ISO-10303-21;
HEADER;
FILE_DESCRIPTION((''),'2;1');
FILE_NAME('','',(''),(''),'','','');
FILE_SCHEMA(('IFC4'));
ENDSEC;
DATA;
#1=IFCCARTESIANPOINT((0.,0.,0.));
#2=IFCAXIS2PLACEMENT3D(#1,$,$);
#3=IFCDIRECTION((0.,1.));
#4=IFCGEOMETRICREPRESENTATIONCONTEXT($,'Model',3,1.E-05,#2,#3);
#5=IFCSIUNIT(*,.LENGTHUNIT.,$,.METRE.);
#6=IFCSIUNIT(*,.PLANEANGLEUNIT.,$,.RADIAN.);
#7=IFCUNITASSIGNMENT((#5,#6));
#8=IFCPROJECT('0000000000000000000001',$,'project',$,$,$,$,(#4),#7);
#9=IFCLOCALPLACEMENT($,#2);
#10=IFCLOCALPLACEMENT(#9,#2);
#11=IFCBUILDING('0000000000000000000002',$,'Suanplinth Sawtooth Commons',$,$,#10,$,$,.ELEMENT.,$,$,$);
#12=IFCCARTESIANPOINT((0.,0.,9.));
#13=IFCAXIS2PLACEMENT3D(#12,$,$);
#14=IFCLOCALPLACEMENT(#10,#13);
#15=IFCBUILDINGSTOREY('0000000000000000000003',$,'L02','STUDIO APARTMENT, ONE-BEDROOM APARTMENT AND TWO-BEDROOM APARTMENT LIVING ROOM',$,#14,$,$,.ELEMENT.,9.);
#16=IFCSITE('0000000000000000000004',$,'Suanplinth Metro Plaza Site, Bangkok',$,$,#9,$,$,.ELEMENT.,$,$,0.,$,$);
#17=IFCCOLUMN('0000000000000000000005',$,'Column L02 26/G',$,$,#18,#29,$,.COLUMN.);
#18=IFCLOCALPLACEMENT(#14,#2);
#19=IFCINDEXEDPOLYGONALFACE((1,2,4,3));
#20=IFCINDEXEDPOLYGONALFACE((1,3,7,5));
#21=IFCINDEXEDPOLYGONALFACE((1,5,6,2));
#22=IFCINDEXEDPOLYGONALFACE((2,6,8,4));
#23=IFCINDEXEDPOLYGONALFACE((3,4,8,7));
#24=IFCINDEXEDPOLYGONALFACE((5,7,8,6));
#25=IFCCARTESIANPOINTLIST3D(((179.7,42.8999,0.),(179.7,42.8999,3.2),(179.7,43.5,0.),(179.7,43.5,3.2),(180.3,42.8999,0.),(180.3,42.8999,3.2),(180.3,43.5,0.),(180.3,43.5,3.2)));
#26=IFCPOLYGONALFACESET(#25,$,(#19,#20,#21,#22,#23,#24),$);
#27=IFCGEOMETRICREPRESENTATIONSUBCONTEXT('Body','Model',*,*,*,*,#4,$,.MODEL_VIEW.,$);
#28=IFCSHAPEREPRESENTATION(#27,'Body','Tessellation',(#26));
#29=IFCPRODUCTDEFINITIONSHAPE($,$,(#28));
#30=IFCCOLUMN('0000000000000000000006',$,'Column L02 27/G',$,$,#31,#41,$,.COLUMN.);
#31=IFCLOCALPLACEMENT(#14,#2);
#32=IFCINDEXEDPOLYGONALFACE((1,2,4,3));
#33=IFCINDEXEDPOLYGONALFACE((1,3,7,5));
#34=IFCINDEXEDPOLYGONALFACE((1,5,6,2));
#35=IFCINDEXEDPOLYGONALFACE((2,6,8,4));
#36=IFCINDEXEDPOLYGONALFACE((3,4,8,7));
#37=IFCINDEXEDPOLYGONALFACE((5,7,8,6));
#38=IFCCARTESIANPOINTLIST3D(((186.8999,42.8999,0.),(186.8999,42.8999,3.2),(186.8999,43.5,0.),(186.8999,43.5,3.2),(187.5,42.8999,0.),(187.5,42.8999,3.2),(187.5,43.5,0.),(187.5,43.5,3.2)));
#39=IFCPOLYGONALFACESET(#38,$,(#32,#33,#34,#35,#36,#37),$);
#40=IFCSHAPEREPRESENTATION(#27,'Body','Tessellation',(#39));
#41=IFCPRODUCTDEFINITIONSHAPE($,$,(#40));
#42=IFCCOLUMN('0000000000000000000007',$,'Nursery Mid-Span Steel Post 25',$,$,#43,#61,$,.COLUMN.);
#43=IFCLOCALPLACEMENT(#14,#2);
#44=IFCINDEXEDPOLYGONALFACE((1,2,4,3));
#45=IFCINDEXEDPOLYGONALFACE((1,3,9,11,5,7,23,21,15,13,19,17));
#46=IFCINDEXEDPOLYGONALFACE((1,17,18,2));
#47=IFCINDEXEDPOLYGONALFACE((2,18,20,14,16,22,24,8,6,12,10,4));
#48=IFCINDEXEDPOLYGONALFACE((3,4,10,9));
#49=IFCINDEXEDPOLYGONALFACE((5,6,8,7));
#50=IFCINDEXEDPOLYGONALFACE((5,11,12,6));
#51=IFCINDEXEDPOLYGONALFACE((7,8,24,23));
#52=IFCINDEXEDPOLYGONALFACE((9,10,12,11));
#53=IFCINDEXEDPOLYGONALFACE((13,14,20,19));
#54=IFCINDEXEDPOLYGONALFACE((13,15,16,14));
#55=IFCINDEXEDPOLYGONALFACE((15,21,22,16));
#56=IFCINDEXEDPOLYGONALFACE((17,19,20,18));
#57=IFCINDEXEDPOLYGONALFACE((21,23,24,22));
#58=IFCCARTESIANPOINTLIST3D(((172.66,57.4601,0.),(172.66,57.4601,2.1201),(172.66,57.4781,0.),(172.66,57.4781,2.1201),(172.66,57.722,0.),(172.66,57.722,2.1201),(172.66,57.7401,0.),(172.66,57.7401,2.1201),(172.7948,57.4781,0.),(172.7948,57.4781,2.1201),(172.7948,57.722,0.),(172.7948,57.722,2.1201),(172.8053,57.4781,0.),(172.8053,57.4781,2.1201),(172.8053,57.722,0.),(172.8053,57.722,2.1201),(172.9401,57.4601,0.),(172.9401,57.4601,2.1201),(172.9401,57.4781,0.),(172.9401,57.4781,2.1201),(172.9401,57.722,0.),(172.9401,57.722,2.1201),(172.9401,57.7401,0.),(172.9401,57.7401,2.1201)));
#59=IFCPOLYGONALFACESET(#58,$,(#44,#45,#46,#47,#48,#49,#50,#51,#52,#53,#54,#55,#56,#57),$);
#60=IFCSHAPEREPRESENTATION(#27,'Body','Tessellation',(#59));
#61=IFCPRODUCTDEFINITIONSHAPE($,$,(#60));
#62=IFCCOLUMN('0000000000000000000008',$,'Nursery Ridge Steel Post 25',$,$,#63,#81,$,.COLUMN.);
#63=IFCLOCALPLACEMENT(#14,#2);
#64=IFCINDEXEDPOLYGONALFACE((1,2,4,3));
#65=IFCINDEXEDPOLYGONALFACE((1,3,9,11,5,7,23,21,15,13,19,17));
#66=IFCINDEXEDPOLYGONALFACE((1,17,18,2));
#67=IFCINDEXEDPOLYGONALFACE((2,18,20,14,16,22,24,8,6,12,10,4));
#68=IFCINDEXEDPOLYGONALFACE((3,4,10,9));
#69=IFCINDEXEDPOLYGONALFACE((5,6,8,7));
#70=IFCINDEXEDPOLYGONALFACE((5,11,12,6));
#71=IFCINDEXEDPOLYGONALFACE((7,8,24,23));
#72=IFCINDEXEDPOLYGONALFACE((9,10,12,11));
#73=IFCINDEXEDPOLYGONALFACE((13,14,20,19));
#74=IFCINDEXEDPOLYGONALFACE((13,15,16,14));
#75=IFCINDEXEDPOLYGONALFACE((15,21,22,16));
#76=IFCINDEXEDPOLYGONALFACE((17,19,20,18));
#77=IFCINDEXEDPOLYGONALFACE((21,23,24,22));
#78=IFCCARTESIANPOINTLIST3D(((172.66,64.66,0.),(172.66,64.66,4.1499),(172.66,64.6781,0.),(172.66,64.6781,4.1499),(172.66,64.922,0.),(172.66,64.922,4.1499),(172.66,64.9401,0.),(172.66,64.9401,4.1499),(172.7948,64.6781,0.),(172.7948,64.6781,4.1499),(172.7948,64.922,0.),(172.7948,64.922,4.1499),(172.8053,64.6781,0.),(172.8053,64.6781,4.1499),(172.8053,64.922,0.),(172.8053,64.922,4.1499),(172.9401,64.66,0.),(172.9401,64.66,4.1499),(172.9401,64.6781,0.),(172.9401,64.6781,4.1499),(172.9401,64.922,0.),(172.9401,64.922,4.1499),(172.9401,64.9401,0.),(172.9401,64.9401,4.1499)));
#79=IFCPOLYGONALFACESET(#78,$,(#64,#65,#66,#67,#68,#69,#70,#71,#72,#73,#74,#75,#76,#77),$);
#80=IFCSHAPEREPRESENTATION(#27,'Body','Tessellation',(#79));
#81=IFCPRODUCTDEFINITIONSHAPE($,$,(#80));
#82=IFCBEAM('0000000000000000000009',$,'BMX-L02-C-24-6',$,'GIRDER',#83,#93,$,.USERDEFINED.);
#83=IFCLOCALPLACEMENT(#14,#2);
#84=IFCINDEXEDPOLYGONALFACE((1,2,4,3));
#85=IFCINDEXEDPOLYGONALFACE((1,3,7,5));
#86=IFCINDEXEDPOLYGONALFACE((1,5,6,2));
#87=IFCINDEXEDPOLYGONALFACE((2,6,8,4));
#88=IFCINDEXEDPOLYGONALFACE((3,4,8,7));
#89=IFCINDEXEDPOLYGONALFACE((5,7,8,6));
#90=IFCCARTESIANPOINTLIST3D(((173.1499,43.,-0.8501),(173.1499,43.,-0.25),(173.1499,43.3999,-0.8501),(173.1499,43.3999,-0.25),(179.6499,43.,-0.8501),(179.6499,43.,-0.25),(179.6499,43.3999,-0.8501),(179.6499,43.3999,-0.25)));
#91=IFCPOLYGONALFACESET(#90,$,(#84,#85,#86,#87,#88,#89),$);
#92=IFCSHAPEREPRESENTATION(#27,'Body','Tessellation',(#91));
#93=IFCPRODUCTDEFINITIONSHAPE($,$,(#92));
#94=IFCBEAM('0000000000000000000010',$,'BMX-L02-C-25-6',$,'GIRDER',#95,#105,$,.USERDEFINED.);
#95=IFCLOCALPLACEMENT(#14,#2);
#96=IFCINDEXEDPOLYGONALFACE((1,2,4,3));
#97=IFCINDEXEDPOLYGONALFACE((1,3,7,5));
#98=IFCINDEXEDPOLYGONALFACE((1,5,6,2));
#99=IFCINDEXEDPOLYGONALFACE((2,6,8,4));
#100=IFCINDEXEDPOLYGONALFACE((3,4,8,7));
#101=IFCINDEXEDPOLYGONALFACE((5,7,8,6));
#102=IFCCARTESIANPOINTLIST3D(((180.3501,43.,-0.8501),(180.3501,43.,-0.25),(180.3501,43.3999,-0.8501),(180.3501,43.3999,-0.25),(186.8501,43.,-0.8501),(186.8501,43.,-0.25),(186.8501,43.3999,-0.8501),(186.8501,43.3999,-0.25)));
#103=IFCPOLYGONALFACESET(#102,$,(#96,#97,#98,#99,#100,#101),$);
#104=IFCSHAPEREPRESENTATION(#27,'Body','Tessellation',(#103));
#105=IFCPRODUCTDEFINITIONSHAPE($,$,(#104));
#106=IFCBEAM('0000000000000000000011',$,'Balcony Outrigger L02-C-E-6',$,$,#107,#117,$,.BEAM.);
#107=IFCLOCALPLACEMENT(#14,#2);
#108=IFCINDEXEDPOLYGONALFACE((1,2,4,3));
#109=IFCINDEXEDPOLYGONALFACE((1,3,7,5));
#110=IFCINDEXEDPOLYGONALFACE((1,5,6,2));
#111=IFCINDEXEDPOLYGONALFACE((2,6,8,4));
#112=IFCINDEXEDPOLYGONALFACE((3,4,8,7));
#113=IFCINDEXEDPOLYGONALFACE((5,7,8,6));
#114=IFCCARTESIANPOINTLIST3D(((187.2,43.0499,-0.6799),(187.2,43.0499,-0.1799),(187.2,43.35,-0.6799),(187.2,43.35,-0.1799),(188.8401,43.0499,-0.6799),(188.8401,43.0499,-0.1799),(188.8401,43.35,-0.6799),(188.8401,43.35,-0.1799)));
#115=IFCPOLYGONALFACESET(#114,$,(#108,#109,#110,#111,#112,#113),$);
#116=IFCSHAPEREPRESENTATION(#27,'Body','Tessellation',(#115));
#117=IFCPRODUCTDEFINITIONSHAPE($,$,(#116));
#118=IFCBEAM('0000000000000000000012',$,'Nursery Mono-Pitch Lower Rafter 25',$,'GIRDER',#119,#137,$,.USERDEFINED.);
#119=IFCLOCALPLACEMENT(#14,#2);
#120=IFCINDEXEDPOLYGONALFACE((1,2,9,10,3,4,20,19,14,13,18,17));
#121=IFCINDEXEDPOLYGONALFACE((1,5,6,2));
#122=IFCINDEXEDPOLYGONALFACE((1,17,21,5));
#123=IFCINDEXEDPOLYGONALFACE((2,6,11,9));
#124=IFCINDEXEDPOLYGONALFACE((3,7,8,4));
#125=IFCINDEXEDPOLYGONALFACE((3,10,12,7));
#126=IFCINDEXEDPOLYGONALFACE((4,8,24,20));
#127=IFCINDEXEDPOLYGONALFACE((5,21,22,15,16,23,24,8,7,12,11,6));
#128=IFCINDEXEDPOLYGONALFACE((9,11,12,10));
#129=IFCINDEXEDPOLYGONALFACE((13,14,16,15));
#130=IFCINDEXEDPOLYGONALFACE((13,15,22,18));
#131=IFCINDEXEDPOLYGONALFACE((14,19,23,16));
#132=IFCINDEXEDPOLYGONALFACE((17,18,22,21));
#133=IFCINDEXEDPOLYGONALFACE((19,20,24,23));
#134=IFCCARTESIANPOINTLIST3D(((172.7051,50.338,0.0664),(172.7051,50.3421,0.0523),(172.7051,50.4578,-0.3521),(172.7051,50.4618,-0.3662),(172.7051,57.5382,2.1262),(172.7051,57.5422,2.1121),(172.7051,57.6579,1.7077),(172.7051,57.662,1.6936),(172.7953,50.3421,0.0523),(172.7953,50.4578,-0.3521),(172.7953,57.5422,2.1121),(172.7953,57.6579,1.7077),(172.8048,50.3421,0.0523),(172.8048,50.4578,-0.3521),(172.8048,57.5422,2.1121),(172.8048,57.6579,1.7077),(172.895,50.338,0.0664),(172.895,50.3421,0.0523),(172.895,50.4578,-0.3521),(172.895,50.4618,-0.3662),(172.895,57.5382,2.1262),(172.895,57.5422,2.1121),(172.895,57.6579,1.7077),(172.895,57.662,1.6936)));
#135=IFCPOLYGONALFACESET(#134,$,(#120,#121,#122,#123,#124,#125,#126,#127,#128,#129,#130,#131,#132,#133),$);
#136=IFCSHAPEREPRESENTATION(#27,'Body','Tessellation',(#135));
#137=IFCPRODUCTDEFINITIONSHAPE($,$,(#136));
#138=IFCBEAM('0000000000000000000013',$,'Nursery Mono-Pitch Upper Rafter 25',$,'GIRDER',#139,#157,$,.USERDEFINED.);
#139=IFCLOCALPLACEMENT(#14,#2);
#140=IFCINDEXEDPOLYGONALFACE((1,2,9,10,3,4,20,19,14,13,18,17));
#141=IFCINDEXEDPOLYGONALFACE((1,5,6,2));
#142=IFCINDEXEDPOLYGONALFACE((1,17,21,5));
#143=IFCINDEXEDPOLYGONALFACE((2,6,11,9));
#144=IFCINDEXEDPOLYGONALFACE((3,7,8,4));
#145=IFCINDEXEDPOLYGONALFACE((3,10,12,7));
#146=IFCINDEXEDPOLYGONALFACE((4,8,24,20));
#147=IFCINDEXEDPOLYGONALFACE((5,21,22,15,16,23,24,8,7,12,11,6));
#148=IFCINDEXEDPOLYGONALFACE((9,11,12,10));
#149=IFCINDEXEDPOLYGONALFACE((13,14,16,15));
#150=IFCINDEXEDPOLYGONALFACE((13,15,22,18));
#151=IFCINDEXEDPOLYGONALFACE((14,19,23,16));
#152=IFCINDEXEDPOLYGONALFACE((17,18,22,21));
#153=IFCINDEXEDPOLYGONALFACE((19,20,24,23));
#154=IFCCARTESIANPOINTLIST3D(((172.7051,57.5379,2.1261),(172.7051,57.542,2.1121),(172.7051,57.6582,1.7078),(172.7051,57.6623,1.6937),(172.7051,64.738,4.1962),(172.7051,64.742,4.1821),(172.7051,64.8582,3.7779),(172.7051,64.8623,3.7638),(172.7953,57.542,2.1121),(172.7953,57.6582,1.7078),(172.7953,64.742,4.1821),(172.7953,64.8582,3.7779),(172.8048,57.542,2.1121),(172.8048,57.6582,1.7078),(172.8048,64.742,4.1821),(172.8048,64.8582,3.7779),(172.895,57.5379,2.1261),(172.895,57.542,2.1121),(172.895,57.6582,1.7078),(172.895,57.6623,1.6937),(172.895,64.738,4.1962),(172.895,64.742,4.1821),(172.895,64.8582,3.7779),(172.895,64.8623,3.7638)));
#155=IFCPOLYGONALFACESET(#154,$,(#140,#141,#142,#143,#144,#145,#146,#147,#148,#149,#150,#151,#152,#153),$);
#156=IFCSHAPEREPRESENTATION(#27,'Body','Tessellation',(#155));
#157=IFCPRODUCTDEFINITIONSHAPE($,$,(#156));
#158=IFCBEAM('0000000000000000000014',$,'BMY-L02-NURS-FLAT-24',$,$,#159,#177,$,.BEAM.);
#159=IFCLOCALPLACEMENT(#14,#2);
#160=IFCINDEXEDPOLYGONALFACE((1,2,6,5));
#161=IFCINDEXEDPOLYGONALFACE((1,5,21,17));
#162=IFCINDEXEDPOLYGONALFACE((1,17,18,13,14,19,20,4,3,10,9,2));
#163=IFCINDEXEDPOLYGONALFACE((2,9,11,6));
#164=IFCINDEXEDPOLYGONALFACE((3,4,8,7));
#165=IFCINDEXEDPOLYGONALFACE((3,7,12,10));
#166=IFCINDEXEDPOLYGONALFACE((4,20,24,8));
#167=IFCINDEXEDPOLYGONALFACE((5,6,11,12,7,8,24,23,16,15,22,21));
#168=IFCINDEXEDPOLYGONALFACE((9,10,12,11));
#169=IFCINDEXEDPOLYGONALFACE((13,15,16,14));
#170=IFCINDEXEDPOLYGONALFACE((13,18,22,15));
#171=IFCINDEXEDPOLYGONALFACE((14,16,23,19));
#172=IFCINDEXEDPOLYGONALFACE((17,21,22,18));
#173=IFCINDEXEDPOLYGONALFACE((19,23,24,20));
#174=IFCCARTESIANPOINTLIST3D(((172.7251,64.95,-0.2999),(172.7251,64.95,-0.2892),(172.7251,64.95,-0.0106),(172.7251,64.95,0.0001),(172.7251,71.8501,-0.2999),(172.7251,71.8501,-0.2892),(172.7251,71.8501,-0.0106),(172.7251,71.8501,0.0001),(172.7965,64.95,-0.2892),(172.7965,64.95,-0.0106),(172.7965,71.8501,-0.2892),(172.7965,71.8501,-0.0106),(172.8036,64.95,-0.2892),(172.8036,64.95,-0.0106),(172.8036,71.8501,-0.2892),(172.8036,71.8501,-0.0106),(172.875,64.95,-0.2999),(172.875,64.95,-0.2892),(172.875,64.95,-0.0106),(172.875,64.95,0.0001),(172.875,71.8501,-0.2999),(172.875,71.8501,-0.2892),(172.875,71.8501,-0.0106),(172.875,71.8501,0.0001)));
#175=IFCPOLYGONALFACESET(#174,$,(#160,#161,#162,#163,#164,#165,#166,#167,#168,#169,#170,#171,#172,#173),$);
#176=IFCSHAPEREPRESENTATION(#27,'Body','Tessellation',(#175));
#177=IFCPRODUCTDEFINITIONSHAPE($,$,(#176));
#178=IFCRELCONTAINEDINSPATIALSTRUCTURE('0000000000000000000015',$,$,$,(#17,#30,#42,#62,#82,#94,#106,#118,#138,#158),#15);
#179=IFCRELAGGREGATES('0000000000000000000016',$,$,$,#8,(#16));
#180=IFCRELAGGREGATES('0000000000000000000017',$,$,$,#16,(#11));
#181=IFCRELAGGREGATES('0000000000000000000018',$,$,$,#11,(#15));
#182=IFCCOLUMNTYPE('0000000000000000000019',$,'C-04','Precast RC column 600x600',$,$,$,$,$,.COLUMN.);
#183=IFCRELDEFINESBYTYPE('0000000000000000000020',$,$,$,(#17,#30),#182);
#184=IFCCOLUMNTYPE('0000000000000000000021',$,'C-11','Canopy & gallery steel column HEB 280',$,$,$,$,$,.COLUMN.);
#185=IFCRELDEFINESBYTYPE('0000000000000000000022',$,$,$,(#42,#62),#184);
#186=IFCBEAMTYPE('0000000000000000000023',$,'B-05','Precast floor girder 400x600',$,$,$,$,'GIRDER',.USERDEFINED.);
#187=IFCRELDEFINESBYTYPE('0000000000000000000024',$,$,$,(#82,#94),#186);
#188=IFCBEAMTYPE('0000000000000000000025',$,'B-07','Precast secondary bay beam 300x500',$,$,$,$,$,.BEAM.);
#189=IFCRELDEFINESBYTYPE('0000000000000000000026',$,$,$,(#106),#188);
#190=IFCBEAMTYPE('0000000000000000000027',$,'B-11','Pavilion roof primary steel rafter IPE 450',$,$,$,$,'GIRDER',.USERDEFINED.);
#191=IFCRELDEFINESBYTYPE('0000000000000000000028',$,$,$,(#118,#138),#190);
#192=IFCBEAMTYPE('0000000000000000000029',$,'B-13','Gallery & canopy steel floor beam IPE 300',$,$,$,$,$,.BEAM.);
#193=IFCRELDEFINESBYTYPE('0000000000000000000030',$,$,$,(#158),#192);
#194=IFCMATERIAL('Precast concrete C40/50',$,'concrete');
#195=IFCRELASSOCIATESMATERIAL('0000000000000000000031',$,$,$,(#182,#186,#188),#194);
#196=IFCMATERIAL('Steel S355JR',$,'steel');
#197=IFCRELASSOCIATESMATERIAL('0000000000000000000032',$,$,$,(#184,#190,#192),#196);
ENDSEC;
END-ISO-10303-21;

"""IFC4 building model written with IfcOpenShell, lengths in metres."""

from ifc_helpers import new_model, si_unit, direction, frame, origin, origin_2d, place, context, subcontext, project, spatial, rectangle, i_section, extrude, material, material_profile, profile_set, type_object, element, save


model = new_model("IFC4")

# Units and contexts
model_context = context("Model", 3, precision=1e-05, world=origin(), true_north=direction((0.0, 1.0)))
body_context = subcontext(model_context, "Body", "Model", "MODEL_VIEW")
ifc_project = project(units=[si_unit("LENGTHUNIT", "METRE"), si_unit("PLANEANGLEUNIT", "RADIAN")], contexts=[model_context])

# Site, building, storey
site_placement = place(None, origin())
site = spatial("IfcSite", under=ifc_project, at=site_placement, Name="Suanplinth Metro Plaza Site, Bangkok", CompositionType="ELEMENT", RefElevation=0.0)
building_placement = place(site_placement, origin())
building = spatial("IfcBuilding", under=site, at=building_placement, Name="Suanplinth Sawtooth Commons", CompositionType="ELEMENT")
storey_placement = place(building_placement, frame((0.0, 0.0, 9.0)))
storey = spatial("IfcBuildingStorey", under=building, at=storey_placement, Name="L02", Description="STUDIO APARTMENT, ONE-BEDROOM APARTMENT AND TWO-BEDROOM APARTMENT LIVING ROOM", CompositionType="ELEMENT", Elevation=9.0)

# Columns
ifc_material_1 = material(Name="Precast concrete C40/50", Category="concrete")
ifc_material_profile_1 = material_profile(ifc_material_1, rectangle(XDim=0.6001, YDim=0.6001, at=origin_2d()), Name="PC-COL 600x600")
ifc_profile_set_1 = profile_set([ifc_material_profile_1], Name="Precast concrete C40/50")
column_type_1 = type_object("IfcColumnType", Name="C-04", Description="Precast RC column 600x600", PredefinedType="COLUMN", material=ifc_profile_set_1)
for number, where, z_axis, x_axis, name in (
    (1, (180.0, 43.2, 0.0), (0.0, 0.0, 1.0), (1.0, 0.0, 0.0), "Column L02 26/G"),
    (2, (187.2, 43.2, 0.0), (0.0, 0.0, 1.0), (1.0, 0.0, 0.0), "Column L02 27/G"),
):
    element("IfcColumn", number, at=place(storey_placement, frame(where, z_axis=z_axis, x_axis=x_axis)), inside=storey, type_object=column_type_1, Name=name, PredefinedType="COLUMN", context=body_context, shape_type="SweptSolid", body=[
        extrude(rectangle(XDim=0.6001, YDim=0.6001, at=origin_2d()), origin(), (0.0, 0.0, 1.0), 3.2),
    ])
ifc_material_2 = material(Name="Steel S355JR", Category="steel")
ifc_material_profile_2 = material_profile(ifc_material_2, i_section(OverallWidth=0.28, OverallDepth=0.28, WebThickness=0.0105, FlangeThickness=0.0181, at=origin_2d()), Name="HEB 280")
ifc_profile_set_2 = profile_set([ifc_material_profile_2], Name="Steel S355JR")
column_type_2 = type_object("IfcColumnType", Name="C-11", Description="Canopy & gallery steel column HEB 280", PredefinedType="COLUMN", material=ifc_profile_set_2)
column_1_placement = place(storey_placement, frame((172.8, 57.6001, 0.0), z_axis=(0.0, 0.0, 1.0), x_axis=(1.0, 0.0, 0.0)))
element("IfcColumn", 3, at=column_1_placement, inside=storey, type_object=column_type_2, Name="Nursery Mid-Span Steel Post 25", PredefinedType="COLUMN", context=body_context, shape_type="SweptSolid", body=[
    extrude(i_section(OverallWidth=0.28, OverallDepth=0.28, WebThickness=0.0105, FlangeThickness=0.0181, at=origin_2d()), origin(), (0.0, 0.0, 1.0), 2.1201),
])
column_2_placement = place(storey_placement, frame((172.8, 64.8, 0.0), z_axis=(0.0, 0.0, 1.0), x_axis=(1.0, 0.0, 0.0)))
element("IfcColumn", 4, at=column_2_placement, inside=storey, type_object=column_type_2, Name="Nursery Ridge Steel Post 25", PredefinedType="COLUMN", context=body_context, shape_type="SweptSolid", body=[
    extrude(i_section(OverallWidth=0.28, OverallDepth=0.28, WebThickness=0.0105, FlangeThickness=0.0181, at=origin_2d()), origin(), (0.0, 0.0, 1.0), 4.1499),
])

# Beams
ifc_material_profile_3 = material_profile(ifc_material_1, rectangle(XDim=0.3999, YDim=0.6001, at=origin_2d()), Name="PC-GDR 400x600")
ifc_profile_set_3 = profile_set([ifc_material_profile_3], Name="Precast concrete C40/50")
beam_type_1 = type_object("IfcBeamType", Name="B-05", Description="Precast floor girder 400x600", ElementType="GIRDER", PredefinedType="USERDEFINED", material=ifc_profile_set_3)
for number, where, z_axis, x_axis, name in (
    (5, (173.1499, 43.2, -0.55), (1.0, 0.0, 0.0), (0.0, 1.0, 0.0), "BMX-L02-C-24-6"),
    (6, (180.3501, 43.2, -0.55), (1.0, 0.0, 0.0), (0.0, 1.0, 0.0), "BMX-L02-C-25-6"),
):
    element("IfcBeam", number, at=place(storey_placement, frame(where, z_axis=z_axis, x_axis=x_axis)), inside=storey, type_object=beam_type_1, Name=name, ObjectType="GIRDER", PredefinedType="USERDEFINED", context=body_context, shape_type="SweptSolid", body=[
        extrude(rectangle(XDim=0.3999, YDim=0.6001, at=origin_2d()), origin(), (0.0, 0.0, 1.0), 6.5),
    ])
ifc_material_profile_4 = material_profile(ifc_material_1, rectangle(XDim=0.3, YDim=0.5, at=origin_2d()), Name="PC-BM 300x500")
ifc_profile_set_4 = profile_set([ifc_material_profile_4], Name="Precast concrete C40/50")
beam_type_2 = type_object("IfcBeamType", Name="B-07", Description="Precast secondary bay beam 300x500", PredefinedType="BEAM", material=ifc_profile_set_4)
beam_1_placement = place(storey_placement, frame((187.2, 43.2, -0.4299), z_axis=(1.0, 0.0, 0.0), x_axis=(0.0, 1.0, 0.0)))
element("IfcBeam", 7, at=beam_1_placement, inside=storey, type_object=beam_type_2, Name="Balcony Outrigger L02-C-E-6", PredefinedType="BEAM", context=body_context, shape_type="SweptSolid", body=[
    extrude(rectangle(XDim=0.3, YDim=0.5, at=origin_2d()), origin(), (0.0, 0.0, 1.0), 1.6401),
])
ifc_material_profile_5 = material_profile(ifc_material_2, i_section(OverallWidth=0.1899, OverallDepth=0.45, WebThickness=0.0095, FlangeThickness=0.0146, at=origin_2d()), Name="IPE 450")
ifc_profile_set_5 = profile_set([ifc_material_profile_5], Name="Steel S355JR")
beam_type_3 = type_object("IfcBeamType", Name="B-11", Description="Pavilion roof primary steel rafter IPE 450", ElementType="GIRDER", PredefinedType="USERDEFINED", material=ifc_profile_set_5)
beam_2_placement = place(storey_placement, frame((172.8, 50.3999, -0.1499), z_axis=(0.0, 0.961432, 0.275044), x_axis=(-1.0, 0.0, 0.0)))
element("IfcBeam", 8, at=beam_2_placement, inside=storey, type_object=beam_type_3, Name="Nursery Mono-Pitch Lower Rafter 25", ObjectType="GIRDER", PredefinedType="USERDEFINED", context=body_context, shape_type="SweptSolid", body=[
    extrude(i_section(OverallWidth=0.1899, OverallDepth=0.45, WebThickness=0.0095, FlangeThickness=0.0146, at=origin_2d()), origin(), (0.0, 0.0, 1.0), 7.489),
])
beam_3_placement = place(storey_placement, frame((172.8, 57.6001, 1.9099), z_axis=(0.0, 0.961066, 0.276318), x_axis=(-1.0, 0.0, 0.0)))
element("IfcBeam", 9, at=beam_3_placement, inside=storey, type_object=beam_type_3, Name="Nursery Mono-Pitch Upper Rafter 25", ObjectType="GIRDER", PredefinedType="USERDEFINED", context=body_context, shape_type="SweptSolid", body=[
    extrude(i_section(OverallWidth=0.1899, OverallDepth=0.45, WebThickness=0.0095, FlangeThickness=0.0146, at=origin_2d()), origin(), (0.0, 0.0, 1.0), 7.4917),
])
ifc_material_profile_6 = material_profile(ifc_material_2, i_section(OverallWidth=0.1499, OverallDepth=0.3, WebThickness=0.0071, FlangeThickness=0.0107, at=origin_2d()), Name="IPE 300")
ifc_profile_set_6 = profile_set([ifc_material_profile_6], Name="Steel S355JR")
beam_type_4 = type_object("IfcBeamType", Name="B-13", Description="Gallery & canopy steel floor beam IPE 300", PredefinedType="BEAM", material=ifc_profile_set_6)
beam_4_placement = place(storey_placement, frame((172.8, 64.95, -0.1499), z_axis=(0.0, 1.0, 0.0), x_axis=(-1.0, 0.0, 0.0)))
element("IfcBeam", 10, at=beam_4_placement, inside=storey, type_object=beam_type_4, Name="BMY-L02-NURS-FLAT-24", PredefinedType="BEAM", context=body_context, shape_type="SweptSolid", body=[
    extrude(i_section(OverallWidth=0.1499, OverallDepth=0.3, WebThickness=0.0071, FlangeThickness=0.0107, at=origin_2d()), origin(), (0.0, 0.0, 1.0), 6.9001),
])

save(model, "model.ifc")
